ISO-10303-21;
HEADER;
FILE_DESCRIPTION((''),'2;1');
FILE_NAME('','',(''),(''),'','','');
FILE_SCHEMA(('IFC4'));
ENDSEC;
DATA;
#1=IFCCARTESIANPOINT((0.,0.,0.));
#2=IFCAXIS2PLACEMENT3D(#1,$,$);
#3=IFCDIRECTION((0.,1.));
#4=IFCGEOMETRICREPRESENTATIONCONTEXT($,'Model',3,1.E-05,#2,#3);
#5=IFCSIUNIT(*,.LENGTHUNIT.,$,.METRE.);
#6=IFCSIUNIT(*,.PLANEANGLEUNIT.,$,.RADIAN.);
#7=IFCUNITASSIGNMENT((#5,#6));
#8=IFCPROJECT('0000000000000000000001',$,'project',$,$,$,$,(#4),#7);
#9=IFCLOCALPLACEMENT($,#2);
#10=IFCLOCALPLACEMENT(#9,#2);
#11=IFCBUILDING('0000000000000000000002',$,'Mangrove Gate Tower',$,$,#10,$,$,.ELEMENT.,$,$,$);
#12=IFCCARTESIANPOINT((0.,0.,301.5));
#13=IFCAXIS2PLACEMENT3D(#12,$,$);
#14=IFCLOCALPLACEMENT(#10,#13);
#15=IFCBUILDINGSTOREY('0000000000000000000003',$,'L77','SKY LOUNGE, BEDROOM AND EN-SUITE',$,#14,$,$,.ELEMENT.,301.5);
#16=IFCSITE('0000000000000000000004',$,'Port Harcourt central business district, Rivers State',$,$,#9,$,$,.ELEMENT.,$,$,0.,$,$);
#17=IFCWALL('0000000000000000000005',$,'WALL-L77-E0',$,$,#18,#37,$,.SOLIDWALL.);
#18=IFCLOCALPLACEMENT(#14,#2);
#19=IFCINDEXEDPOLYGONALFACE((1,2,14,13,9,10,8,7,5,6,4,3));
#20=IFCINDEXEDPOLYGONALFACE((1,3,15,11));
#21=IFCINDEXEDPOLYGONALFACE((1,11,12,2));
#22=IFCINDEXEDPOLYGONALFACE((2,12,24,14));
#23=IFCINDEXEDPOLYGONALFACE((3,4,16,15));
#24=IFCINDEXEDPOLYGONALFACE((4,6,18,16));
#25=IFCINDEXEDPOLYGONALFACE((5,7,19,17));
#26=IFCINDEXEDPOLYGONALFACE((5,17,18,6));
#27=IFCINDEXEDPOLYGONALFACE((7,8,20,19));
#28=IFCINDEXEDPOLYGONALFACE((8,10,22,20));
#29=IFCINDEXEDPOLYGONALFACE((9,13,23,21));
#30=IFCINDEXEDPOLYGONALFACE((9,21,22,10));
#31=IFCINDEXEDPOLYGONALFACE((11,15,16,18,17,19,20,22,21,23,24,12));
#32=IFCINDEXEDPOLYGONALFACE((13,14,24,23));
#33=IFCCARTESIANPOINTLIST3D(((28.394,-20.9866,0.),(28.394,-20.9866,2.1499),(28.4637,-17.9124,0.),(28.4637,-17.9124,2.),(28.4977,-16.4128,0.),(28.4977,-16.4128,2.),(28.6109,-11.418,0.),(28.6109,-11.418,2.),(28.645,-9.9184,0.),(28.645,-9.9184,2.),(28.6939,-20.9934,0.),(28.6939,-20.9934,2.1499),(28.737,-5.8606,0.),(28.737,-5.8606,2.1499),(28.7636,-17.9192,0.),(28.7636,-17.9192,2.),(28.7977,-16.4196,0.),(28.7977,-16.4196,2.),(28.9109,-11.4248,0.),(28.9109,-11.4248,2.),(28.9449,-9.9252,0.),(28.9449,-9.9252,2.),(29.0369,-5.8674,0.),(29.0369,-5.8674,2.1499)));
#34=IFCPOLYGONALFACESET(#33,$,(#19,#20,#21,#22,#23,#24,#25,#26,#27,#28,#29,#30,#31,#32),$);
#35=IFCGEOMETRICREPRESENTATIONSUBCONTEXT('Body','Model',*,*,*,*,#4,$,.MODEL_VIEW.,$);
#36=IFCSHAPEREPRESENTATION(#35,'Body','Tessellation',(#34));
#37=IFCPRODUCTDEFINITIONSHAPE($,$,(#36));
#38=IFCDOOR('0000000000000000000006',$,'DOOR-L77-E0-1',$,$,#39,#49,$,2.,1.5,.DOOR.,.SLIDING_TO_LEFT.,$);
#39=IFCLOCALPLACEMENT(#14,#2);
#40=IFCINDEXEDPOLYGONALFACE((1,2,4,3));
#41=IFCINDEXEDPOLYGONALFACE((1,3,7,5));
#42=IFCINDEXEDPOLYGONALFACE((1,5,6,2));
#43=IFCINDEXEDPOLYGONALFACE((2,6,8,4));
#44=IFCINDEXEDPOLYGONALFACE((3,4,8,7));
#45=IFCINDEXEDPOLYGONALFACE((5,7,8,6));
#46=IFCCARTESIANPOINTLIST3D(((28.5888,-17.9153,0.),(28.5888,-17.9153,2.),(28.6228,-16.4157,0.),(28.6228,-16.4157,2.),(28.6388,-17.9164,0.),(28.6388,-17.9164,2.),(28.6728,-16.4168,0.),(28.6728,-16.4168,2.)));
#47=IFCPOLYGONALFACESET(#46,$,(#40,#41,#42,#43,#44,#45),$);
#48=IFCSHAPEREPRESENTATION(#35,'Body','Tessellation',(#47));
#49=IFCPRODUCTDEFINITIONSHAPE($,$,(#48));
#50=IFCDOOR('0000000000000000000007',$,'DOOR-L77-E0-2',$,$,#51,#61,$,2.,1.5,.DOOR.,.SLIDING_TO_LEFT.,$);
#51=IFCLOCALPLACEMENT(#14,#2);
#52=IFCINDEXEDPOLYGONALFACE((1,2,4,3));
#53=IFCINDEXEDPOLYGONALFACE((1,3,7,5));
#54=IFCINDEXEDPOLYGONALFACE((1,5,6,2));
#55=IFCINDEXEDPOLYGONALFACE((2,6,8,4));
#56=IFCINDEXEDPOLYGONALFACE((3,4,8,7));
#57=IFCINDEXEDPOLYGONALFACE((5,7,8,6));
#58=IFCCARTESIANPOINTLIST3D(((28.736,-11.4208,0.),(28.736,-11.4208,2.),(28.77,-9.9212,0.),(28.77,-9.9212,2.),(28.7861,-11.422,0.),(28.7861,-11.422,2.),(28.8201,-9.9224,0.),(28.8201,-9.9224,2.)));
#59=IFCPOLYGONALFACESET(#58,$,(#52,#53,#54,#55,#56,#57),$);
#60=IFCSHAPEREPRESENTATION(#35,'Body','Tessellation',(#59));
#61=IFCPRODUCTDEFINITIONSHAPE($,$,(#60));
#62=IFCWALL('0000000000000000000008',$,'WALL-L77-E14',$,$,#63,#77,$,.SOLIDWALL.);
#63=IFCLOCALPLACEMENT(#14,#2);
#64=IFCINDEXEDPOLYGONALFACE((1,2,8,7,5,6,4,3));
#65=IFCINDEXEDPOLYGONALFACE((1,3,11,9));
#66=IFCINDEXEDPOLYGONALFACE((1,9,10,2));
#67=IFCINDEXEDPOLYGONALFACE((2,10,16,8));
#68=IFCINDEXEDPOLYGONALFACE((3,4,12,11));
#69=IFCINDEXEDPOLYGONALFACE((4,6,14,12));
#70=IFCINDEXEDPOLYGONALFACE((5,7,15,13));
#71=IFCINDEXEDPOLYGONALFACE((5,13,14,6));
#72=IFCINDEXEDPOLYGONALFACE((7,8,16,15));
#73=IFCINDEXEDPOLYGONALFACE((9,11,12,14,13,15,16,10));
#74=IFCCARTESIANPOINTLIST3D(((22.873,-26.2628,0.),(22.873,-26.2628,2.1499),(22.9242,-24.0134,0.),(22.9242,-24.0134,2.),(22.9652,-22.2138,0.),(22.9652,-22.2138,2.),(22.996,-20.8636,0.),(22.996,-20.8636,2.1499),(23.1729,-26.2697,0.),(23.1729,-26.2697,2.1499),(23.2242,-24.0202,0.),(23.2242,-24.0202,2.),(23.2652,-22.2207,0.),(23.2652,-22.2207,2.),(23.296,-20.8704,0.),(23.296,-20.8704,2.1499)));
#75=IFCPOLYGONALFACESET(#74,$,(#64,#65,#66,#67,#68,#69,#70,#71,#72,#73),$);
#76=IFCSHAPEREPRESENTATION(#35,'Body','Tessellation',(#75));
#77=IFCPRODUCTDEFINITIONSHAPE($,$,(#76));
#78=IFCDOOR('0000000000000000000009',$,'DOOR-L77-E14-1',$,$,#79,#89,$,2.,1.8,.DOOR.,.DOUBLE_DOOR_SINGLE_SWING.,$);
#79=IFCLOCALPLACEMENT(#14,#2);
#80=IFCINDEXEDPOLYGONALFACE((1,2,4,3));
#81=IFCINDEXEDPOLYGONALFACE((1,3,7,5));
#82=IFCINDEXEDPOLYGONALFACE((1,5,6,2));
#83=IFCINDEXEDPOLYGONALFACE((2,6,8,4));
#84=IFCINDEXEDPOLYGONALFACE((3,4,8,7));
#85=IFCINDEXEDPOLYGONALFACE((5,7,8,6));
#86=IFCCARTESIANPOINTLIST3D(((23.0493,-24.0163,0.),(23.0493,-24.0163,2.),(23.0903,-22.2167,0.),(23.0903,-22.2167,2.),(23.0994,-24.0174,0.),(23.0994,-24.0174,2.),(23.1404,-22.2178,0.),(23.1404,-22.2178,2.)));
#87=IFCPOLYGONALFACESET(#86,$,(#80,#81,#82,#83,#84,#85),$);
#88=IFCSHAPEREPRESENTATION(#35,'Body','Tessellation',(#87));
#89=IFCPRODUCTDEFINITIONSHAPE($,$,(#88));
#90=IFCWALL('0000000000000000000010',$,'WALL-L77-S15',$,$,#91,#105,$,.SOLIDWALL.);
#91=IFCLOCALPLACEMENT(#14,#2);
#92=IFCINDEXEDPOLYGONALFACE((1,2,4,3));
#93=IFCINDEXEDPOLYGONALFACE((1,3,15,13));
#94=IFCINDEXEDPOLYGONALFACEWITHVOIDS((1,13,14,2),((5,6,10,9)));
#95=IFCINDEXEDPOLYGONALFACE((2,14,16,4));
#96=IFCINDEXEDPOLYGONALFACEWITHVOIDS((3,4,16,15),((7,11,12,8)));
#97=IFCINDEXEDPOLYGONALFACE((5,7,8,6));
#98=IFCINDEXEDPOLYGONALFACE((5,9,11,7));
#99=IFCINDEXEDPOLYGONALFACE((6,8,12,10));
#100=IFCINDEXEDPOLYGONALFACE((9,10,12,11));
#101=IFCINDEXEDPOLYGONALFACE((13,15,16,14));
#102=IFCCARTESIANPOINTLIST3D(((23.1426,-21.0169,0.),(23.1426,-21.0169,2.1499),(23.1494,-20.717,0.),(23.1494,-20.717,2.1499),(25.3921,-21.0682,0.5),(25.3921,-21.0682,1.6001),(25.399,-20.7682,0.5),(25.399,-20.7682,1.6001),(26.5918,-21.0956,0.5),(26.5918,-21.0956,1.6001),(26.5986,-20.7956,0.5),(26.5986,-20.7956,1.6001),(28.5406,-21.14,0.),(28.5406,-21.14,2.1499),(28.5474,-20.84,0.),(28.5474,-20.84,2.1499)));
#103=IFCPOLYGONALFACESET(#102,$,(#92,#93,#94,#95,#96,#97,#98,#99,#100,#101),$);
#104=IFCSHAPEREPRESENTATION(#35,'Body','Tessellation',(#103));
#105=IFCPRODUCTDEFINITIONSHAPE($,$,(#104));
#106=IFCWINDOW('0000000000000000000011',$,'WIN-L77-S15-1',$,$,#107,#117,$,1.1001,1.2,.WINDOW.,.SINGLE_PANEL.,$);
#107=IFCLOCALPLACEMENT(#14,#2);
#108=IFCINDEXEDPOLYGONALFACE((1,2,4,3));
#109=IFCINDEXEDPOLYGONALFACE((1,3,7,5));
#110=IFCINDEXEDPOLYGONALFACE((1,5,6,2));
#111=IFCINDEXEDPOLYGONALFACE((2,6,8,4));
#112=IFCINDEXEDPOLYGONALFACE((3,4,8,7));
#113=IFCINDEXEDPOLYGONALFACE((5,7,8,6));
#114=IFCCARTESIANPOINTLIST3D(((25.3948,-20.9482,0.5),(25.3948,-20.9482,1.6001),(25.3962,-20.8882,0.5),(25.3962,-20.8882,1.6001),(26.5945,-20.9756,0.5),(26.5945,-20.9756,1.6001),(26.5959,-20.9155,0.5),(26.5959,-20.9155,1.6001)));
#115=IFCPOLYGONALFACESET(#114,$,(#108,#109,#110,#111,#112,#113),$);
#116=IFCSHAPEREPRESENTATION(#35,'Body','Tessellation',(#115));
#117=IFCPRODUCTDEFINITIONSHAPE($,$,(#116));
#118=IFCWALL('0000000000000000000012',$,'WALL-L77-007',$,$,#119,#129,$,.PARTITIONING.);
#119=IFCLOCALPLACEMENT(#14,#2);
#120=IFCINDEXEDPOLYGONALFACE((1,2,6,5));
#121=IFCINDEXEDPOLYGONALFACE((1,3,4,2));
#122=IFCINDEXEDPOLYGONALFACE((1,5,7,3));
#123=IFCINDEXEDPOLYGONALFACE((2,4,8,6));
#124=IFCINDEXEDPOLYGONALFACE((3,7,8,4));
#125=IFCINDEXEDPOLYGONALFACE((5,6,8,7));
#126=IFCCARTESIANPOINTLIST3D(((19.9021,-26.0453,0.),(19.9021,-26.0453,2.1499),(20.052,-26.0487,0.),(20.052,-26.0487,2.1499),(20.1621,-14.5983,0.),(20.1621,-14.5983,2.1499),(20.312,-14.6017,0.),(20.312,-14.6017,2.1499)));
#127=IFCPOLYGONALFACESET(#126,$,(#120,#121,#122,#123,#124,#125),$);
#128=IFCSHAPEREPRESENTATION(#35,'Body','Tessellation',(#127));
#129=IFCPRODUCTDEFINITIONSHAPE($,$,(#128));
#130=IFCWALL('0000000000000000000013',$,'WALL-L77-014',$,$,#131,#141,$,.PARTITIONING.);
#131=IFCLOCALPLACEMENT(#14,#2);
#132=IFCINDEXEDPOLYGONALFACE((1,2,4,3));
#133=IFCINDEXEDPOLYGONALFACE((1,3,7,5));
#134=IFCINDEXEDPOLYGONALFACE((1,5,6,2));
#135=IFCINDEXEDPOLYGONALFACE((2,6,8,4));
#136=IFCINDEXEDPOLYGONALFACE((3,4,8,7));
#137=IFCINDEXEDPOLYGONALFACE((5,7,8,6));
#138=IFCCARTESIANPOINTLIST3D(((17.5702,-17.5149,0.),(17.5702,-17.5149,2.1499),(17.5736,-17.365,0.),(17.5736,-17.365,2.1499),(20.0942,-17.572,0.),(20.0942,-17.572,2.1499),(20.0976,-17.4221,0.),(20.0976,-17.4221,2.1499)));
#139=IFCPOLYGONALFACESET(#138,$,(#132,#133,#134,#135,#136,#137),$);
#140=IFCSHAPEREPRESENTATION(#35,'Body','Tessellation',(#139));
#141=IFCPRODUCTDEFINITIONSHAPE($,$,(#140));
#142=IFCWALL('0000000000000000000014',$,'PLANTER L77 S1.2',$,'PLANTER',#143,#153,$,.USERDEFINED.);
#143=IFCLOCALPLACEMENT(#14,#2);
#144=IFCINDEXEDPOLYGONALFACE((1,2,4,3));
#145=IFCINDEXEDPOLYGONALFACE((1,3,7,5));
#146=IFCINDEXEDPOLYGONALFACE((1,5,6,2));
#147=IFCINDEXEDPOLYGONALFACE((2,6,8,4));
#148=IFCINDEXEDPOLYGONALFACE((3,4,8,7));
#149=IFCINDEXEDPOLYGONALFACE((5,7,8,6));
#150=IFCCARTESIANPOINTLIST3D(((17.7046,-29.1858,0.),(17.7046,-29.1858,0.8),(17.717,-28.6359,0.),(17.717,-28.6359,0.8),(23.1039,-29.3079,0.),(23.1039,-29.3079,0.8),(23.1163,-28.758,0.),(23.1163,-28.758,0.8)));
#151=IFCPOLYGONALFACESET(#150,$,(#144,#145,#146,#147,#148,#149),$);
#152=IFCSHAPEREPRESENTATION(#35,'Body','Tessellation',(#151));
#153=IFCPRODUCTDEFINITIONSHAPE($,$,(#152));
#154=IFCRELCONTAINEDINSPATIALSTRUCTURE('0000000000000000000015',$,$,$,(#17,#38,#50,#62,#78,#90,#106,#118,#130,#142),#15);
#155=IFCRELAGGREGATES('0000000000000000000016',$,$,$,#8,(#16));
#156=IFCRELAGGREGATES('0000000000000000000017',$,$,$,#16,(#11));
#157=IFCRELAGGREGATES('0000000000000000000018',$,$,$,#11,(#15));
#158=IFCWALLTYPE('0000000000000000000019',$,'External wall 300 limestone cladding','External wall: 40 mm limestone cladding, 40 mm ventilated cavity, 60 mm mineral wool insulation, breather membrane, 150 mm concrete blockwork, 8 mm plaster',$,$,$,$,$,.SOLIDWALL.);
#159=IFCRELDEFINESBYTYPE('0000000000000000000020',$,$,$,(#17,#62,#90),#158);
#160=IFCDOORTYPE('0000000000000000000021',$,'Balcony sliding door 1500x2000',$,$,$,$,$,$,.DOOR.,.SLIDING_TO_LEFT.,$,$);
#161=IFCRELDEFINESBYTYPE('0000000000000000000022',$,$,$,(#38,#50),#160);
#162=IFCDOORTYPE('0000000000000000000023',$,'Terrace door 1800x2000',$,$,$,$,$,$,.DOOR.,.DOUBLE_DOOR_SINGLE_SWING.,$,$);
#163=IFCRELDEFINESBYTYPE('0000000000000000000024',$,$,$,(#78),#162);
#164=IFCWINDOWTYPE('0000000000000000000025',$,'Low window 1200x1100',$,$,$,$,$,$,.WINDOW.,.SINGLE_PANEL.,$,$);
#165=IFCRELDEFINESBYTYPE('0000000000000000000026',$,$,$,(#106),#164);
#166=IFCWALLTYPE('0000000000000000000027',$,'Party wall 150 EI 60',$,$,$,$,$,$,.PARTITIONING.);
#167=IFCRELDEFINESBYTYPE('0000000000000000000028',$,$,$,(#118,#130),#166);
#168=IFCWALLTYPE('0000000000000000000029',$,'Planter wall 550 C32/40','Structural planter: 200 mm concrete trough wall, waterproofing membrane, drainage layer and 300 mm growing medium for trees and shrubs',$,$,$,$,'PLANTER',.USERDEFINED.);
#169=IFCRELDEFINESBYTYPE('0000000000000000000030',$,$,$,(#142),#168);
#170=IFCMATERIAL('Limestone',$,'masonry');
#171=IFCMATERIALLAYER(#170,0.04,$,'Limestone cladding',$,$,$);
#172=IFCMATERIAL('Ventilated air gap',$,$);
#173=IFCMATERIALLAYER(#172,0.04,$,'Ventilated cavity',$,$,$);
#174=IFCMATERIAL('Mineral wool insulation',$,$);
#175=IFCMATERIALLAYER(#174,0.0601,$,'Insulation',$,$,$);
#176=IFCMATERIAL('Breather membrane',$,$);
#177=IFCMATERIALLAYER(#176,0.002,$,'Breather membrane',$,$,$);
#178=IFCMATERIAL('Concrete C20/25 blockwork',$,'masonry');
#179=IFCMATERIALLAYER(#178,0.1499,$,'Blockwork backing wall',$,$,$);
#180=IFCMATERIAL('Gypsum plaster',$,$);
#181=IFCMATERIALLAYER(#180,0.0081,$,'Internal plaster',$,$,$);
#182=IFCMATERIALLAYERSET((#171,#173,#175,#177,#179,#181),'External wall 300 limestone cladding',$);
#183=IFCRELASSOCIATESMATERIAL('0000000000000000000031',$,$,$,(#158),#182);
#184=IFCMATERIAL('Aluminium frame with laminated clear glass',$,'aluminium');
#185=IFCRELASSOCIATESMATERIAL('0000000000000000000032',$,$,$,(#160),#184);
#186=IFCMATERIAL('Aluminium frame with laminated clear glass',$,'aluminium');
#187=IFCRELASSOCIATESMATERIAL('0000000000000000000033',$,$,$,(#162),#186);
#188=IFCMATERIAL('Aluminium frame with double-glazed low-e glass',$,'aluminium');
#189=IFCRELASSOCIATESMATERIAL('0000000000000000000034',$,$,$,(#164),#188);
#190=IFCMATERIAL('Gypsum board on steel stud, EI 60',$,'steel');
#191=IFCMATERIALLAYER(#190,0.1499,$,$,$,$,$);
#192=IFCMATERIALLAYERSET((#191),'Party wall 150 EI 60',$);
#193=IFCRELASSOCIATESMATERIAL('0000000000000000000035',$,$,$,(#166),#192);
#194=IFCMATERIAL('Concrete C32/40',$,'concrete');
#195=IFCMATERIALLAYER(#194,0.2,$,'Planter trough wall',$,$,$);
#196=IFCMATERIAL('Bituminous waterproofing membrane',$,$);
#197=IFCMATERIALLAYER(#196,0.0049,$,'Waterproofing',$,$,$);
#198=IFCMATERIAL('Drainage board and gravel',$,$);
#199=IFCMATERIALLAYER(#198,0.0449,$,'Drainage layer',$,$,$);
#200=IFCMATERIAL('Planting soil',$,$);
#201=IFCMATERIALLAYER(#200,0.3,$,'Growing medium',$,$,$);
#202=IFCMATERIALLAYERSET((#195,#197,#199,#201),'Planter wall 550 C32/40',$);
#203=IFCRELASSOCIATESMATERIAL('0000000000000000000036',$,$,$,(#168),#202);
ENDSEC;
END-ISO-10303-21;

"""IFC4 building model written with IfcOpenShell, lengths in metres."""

from ifc_helpers import new_model, si_unit, direction, frame, frame_2d, origin, place, context, subcontext, project, spatial, rectangle, extrude, material, layer, layer_set, type_object, element, fill, save


model = new_model("IFC4")

# Units and contexts
model_context = context("Model", 3, precision=1e-05, world=origin(), true_north=direction((0.0, 1.0)))
body_context = subcontext(model_context, "Body", "Model", "MODEL_VIEW")
ifc_project = project(units=[si_unit("LENGTHUNIT", "METRE"), si_unit("PLANEANGLEUNIT", "RADIAN")], contexts=[model_context])

# Site, building, storey
site_placement = place(None, origin())
site = spatial("IfcSite", under=ifc_project, at=site_placement, Name="Port Harcourt central business district, Rivers State", CompositionType="ELEMENT", RefElevation=0.0)
building_placement = place(site_placement, origin())
building = spatial("IfcBuilding", under=site, at=building_placement, Name="Mangrove Gate Tower", CompositionType="ELEMENT")
storey_placement = place(building_placement, frame((0.0, 0.0, 301.5)))
storey = spatial("IfcBuildingStorey", under=building, at=storey_placement, Name="L77", Description="SKY LOUNGE, BEDROOM AND EN-SUITE", CompositionType="ELEMENT", Elevation=301.5)

# Wall, openings, doors
ifc_material_1 = material(Name="Limestone", Category="masonry")
ifc_layer_1 = layer(ifc_material_1, 0.04, Name="Limestone cladding")
ifc_material_2 = material(Name="Ventilated air gap")
ifc_layer_2 = layer(ifc_material_2, 0.04, Name="Ventilated cavity")
ifc_material_3 = material(Name="Mineral wool insulation")
ifc_layer_3 = layer(ifc_material_3, 0.0601, Name="Insulation")
ifc_material_4 = material(Name="Breather membrane")
ifc_layer_4 = layer(ifc_material_4, 0.002, Name="Breather membrane")
ifc_material_5 = material(Name="Concrete C20/25 blockwork", Category="masonry")
ifc_layer_5 = layer(ifc_material_5, 0.1499, Name="Blockwork backing wall")
ifc_material_6 = material(Name="Gypsum plaster")
ifc_layer_6 = layer(ifc_material_6, 0.0081, Name="Internal plaster")
ifc_layer_set_1 = layer_set([ifc_layer_1, ifc_layer_2, ifc_layer_3, ifc_layer_4, ifc_layer_5, ifc_layer_6], Name="External wall 300 limestone cladding")
wall_type_1 = type_object("IfcWallType", Name="External wall 300 limestone cladding", Description="External wall: 40 mm limestone cladding, 40 mm ventilated cavity, 60 mm mineral wool insulation, breather membrane, 150 mm concrete blockwork, 8 mm plaster", PredefinedType="SOLIDWALL", material=ifc_layer_set_1)
wall_1_placement = place(storey_placement, frame((28.5439, -20.99, 0.0), z_axis=(0.0, 0.0, 1.0), x_axis=(0.022672, 0.999743, 0.0)))
wall_1 = element("IfcWall", 1, at=wall_1_placement, inside=storey, type_object=wall_type_1, Name="WALL-L77-E0", PredefinedType="SOLIDWALL", context=body_context, shape_type="SweptSolid", body=[
    extrude(rectangle(XDim=15.1299, YDim=0.3, at=frame_2d((7.5649, 0.0))), origin(), (0.0, 0.0, 1.0), 2.1499),
])
opening_1_placement = place(wall_1_placement, frame((3.075, 0.0, 0.0)))
opening_1 = element("IfcOpeningElement", 2, at=opening_1_placement, cuts=wall_1, PredefinedType="OPENING", context=body_context, shape_type="SweptSolid", body=[
    extrude(rectangle(XDim=1.5, YDim=2.0, at=frame_2d((0.75, 1.0))), frame((0.0, 0.1599, 0.0), z_axis=(0.0, -1.0, 0.0), x_axis=(1.0, 0.0, 0.0)), (0.0, 0.0, 1.0), 0.3201),
])
opening_2_placement = place(wall_1_placement, frame((9.571, 0.0, 0.0)))
opening_2 = element("IfcOpeningElement", 3, at=opening_2_placement, cuts=wall_1, PredefinedType="OPENING", context=body_context, shape_type="SweptSolid", body=[
    extrude(rectangle(XDim=1.5, YDim=2.0, at=frame_2d((0.75, 1.0))), frame((0.0, 0.1599, 0.0), z_axis=(0.0, -1.0, 0.0), x_axis=(1.0, 0.0, 0.0)), (0.0, 0.0, 1.0), 0.3201),
])
ifc_material_7 = material(Name="Aluminium frame with laminated clear glass", Category="aluminium")
door_type_1 = type_object("IfcDoorType", Name="Balcony sliding door 1500x2000", OperationType="SLIDING_TO_LEFT", PredefinedType="DOOR", material=ifc_material_7)
door_1_placement = place(opening_1_placement, origin())
door_1 = element("IfcDoor", 4, at=door_1_placement, inside=storey, type_object=door_type_1, Name="DOOR-L77-E0-1", OperationType="SLIDING_TO_LEFT", OverallHeight=2.0, OverallWidth=1.5, PredefinedType="DOOR", context=body_context, shape_type="SweptSolid", body=[
    extrude(rectangle(XDim=1.5, YDim=2.0, at=frame_2d((0.75, 1.0))), frame((0.0, 0.0249, 0.0), z_axis=(0.0, -1.0, 0.0), x_axis=(1.0, 0.0, 0.0)), (0.0, 0.0, 1.0), 0.05),
])
fill(opening_1, door_1)
door_2_placement = place(opening_2_placement, origin())
door_2 = element("IfcDoor", 5, at=door_2_placement, inside=storey, type_object=door_type_1, Name="DOOR-L77-E0-2", OperationType="SLIDING_TO_LEFT", OverallHeight=2.0, OverallWidth=1.5, PredefinedType="DOOR", context=body_context, shape_type="SweptSolid", body=[
    extrude(rectangle(XDim=1.5, YDim=2.0, at=frame_2d((0.75, 1.0))), frame((0.0, 0.0249, 0.0), z_axis=(0.0, -1.0, 0.0), x_axis=(1.0, 0.0, 0.0)), (0.0, 0.0, 1.0), 0.05),
])
fill(opening_2, door_2)

# Wall, opening, door
wall_2_placement = place(storey_placement, frame((23.0229, -26.2661, 0.0), z_axis=(0.0, 0.0, 1.0), x_axis=(0.022784, 0.99974, 0.0)))
wall_2 = element("IfcWall", 6, at=wall_2_placement, inside=storey, type_object=wall_type_1, Name="WALL-L77-E14", PredefinedType="SOLIDWALL", context=body_context, shape_type="SweptSolid", body=[
    extrude(rectangle(XDim=5.4006, YDim=0.3, at=frame_2d((2.7002, 0.0))), origin(), (0.0, 0.0, 1.0), 2.1499),
])
opening_3_placement = place(wall_2_placement, frame((2.25, 0.0, 0.0)))
opening_3 = element("IfcOpeningElement", 7, at=opening_3_placement, cuts=wall_2, PredefinedType="OPENING", context=body_context, shape_type="SweptSolid", body=[
    extrude(rectangle(XDim=1.8, YDim=2.0, at=frame_2d((0.8999, 1.0))), frame((0.0, 0.1599, 0.0), z_axis=(0.0, -1.0, 0.0), x_axis=(1.0, 0.0, 0.0)), (0.0, 0.0, 1.0), 0.3201),
])
ifc_material_8 = material(Name="Aluminium frame with laminated clear glass", Category="aluminium")
door_type_2 = type_object("IfcDoorType", Name="Terrace door 1800x2000", OperationType="DOUBLE_DOOR_SINGLE_SWING", PredefinedType="DOOR", material=ifc_material_8)
door_3_placement = place(opening_3_placement, origin())
door_3 = element("IfcDoor", 8, at=door_3_placement, inside=storey, type_object=door_type_2, Name="DOOR-L77-E14-1", OperationType="DOUBLE_DOOR_SINGLE_SWING", OverallHeight=2.0, OverallWidth=1.8, PredefinedType="DOOR", context=body_context, shape_type="SweptSolid", body=[
    extrude(rectangle(XDim=1.8, YDim=2.0, at=frame_2d((0.8999, 1.0))), frame((0.0, 0.0249, 0.0), z_axis=(0.0, -1.0, 0.0), x_axis=(1.0, 0.0, 0.0)), (0.0, 0.0, 1.0), 0.05),
])
fill(opening_3, door_3)

# Wall, opening, window
wall_3_placement = place(storey_placement, frame((23.146, -20.8669, 0.0), z_axis=(0.0, 0.0, 1.0), x_axis=(0.99974, -0.022789, 0.0)))
wall_3 = element("IfcWall", 9, at=wall_3_placement, inside=storey, type_object=wall_type_1, Name="WALL-L77-S15", PredefinedType="SOLIDWALL", context=body_context, shape_type="SweptSolid", body=[
    extrude(rectangle(XDim=5.3994, YDim=0.3, at=frame_2d((2.6997, 0.0))), origin(), (0.0, 0.0, 1.0), 2.1499),
])
opening_4_placement = place(wall_3_placement, frame((2.25, 0.0, 0.5)))
opening_4 = element("IfcOpeningElement", 10, at=opening_4_placement, cuts=wall_3, PredefinedType="OPENING", context=body_context, shape_type="SweptSolid", body=[
    extrude(rectangle(XDim=1.2, YDim=1.1001, at=frame_2d((0.6001, 0.55))), frame((0.0, 0.1599, 0.0), z_axis=(0.0, -1.0, 0.0), x_axis=(1.0, 0.0, 0.0)), (0.0, 0.0, 1.0), 0.3201),
])
ifc_material_9 = material(Name="Aluminium frame with double-glazed low-e glass", Category="aluminium")
window_type = type_object("IfcWindowType", Name="Low window 1200x1100", PartitioningType="SINGLE_PANEL", PredefinedType="WINDOW", material=ifc_material_9)
window_placement = place(opening_4_placement, origin())
window = element("IfcWindow", 11, at=window_placement, inside=storey, type_object=window_type, Name="WIN-L77-S15-1", OverallHeight=1.1001, OverallWidth=1.2, PartitioningType="SINGLE_PANEL", PredefinedType="WINDOW", context=body_context, shape_type="SweptSolid", body=[
    extrude(rectangle(XDim=1.2, YDim=1.1001, at=frame_2d((0.6001, 0.55))), frame((0.0, 0.03, 0.0), z_axis=(0.0, -1.0, 0.0), x_axis=(1.0, 0.0, 0.0)), (0.0, 0.0, 1.0), 0.0601),
])
fill(opening_4, window)

# Walls
ifc_material_10 = material(Name="Gypsum board on steel stud, EI 60", Category="steel")
ifc_layer_7 = layer(ifc_material_10, 0.1499)
ifc_layer_set_2 = layer_set([ifc_layer_7], Name="Party wall 150 EI 60")
wall_type_2 = type_object("IfcWallType", Name="Party wall 150 EI 60", PredefinedType="PARTITIONING", material=ifc_layer_set_2)
wall_4_placement = place(storey_placement, frame((19.9771, -26.0471, 0.0), z_axis=(0.0, 0.0, 1.0), x_axis=(0.022708, 0.999742, 0.0)))
element("IfcWall", 12, at=wall_4_placement, inside=storey, type_object=wall_type_2, Name="WALL-L77-007", PredefinedType="PARTITIONING", context=body_context, shape_type="SweptSolid", body=[
    extrude(rectangle(XDim=11.45, YDim=0.1499, at=frame_2d((5.7251, 0.0))), origin(), (0.0, 0.0, 1.0), 2.1499),
])
wall_5_placement = place(storey_placement, frame((17.572, -17.4399, 0.0), z_axis=(0.0, 0.0, 1.0), x_axis=(0.999744, -0.022629, 0.0)))
element("IfcWall", 13, at=wall_5_placement, inside=storey, type_object=wall_type_2, Name="WALL-L77-014", PredefinedType="PARTITIONING", context=body_context, shape_type="SweptSolid", body=[
    extrude(rectangle(XDim=2.5247, YDim=0.1499, at=frame_2d((1.2622, 0.0))), origin(), (0.0, 0.0, 1.0), 2.1499),
])
ifc_material_11 = material(Name="Concrete C32/40", Category="concrete")
ifc_layer_8 = layer(ifc_material_11, 0.2, Name="Planter trough wall")
ifc_material_12 = material(Name="Bituminous waterproofing membrane")
ifc_layer_9 = layer(ifc_material_12, 0.0049, Name="Waterproofing")
ifc_material_13 = material(Name="Drainage board and gravel")
ifc_layer_10 = layer(ifc_material_13, 0.0449, Name="Drainage layer")
ifc_material_14 = material(Name="Planting soil")
ifc_layer_11 = layer(ifc_material_14, 0.3, Name="Growing medium")
ifc_layer_set_3 = layer_set([ifc_layer_8, ifc_layer_9, ifc_layer_10, ifc_layer_11], Name="Planter wall 550 C32/40")
wall_type_3 = type_object("IfcWallType", Name="Planter wall 550 C32/40", Description="Structural planter: 200 mm concrete trough wall, waterproofing membrane, drainage layer and 300 mm growing medium for trees and shrubs", ElementType="PLANTER", PredefinedType="USERDEFINED", material=ifc_layer_set_3)
wall_6_placement = place(storey_placement, frame((17.7109, -28.9109, 0.0), z_axis=(0.0, 0.0, 1.0), x_axis=(0.999745, -0.022603, 0.0)))
element("IfcWall", 14, at=wall_6_placement, inside=storey, type_object=wall_type_3, Name="PLANTER L77 S1.2", ObjectType="PLANTER", PredefinedType="USERDEFINED", context=body_context, shape_type="SweptSolid", body=[
    extrude(rectangle(XDim=5.4006, YDim=0.55, at=frame_2d((2.7002, 0.0))), origin(), (0.0, 0.0, 1.0), 0.8),
])

save(model, "model.ifc")
